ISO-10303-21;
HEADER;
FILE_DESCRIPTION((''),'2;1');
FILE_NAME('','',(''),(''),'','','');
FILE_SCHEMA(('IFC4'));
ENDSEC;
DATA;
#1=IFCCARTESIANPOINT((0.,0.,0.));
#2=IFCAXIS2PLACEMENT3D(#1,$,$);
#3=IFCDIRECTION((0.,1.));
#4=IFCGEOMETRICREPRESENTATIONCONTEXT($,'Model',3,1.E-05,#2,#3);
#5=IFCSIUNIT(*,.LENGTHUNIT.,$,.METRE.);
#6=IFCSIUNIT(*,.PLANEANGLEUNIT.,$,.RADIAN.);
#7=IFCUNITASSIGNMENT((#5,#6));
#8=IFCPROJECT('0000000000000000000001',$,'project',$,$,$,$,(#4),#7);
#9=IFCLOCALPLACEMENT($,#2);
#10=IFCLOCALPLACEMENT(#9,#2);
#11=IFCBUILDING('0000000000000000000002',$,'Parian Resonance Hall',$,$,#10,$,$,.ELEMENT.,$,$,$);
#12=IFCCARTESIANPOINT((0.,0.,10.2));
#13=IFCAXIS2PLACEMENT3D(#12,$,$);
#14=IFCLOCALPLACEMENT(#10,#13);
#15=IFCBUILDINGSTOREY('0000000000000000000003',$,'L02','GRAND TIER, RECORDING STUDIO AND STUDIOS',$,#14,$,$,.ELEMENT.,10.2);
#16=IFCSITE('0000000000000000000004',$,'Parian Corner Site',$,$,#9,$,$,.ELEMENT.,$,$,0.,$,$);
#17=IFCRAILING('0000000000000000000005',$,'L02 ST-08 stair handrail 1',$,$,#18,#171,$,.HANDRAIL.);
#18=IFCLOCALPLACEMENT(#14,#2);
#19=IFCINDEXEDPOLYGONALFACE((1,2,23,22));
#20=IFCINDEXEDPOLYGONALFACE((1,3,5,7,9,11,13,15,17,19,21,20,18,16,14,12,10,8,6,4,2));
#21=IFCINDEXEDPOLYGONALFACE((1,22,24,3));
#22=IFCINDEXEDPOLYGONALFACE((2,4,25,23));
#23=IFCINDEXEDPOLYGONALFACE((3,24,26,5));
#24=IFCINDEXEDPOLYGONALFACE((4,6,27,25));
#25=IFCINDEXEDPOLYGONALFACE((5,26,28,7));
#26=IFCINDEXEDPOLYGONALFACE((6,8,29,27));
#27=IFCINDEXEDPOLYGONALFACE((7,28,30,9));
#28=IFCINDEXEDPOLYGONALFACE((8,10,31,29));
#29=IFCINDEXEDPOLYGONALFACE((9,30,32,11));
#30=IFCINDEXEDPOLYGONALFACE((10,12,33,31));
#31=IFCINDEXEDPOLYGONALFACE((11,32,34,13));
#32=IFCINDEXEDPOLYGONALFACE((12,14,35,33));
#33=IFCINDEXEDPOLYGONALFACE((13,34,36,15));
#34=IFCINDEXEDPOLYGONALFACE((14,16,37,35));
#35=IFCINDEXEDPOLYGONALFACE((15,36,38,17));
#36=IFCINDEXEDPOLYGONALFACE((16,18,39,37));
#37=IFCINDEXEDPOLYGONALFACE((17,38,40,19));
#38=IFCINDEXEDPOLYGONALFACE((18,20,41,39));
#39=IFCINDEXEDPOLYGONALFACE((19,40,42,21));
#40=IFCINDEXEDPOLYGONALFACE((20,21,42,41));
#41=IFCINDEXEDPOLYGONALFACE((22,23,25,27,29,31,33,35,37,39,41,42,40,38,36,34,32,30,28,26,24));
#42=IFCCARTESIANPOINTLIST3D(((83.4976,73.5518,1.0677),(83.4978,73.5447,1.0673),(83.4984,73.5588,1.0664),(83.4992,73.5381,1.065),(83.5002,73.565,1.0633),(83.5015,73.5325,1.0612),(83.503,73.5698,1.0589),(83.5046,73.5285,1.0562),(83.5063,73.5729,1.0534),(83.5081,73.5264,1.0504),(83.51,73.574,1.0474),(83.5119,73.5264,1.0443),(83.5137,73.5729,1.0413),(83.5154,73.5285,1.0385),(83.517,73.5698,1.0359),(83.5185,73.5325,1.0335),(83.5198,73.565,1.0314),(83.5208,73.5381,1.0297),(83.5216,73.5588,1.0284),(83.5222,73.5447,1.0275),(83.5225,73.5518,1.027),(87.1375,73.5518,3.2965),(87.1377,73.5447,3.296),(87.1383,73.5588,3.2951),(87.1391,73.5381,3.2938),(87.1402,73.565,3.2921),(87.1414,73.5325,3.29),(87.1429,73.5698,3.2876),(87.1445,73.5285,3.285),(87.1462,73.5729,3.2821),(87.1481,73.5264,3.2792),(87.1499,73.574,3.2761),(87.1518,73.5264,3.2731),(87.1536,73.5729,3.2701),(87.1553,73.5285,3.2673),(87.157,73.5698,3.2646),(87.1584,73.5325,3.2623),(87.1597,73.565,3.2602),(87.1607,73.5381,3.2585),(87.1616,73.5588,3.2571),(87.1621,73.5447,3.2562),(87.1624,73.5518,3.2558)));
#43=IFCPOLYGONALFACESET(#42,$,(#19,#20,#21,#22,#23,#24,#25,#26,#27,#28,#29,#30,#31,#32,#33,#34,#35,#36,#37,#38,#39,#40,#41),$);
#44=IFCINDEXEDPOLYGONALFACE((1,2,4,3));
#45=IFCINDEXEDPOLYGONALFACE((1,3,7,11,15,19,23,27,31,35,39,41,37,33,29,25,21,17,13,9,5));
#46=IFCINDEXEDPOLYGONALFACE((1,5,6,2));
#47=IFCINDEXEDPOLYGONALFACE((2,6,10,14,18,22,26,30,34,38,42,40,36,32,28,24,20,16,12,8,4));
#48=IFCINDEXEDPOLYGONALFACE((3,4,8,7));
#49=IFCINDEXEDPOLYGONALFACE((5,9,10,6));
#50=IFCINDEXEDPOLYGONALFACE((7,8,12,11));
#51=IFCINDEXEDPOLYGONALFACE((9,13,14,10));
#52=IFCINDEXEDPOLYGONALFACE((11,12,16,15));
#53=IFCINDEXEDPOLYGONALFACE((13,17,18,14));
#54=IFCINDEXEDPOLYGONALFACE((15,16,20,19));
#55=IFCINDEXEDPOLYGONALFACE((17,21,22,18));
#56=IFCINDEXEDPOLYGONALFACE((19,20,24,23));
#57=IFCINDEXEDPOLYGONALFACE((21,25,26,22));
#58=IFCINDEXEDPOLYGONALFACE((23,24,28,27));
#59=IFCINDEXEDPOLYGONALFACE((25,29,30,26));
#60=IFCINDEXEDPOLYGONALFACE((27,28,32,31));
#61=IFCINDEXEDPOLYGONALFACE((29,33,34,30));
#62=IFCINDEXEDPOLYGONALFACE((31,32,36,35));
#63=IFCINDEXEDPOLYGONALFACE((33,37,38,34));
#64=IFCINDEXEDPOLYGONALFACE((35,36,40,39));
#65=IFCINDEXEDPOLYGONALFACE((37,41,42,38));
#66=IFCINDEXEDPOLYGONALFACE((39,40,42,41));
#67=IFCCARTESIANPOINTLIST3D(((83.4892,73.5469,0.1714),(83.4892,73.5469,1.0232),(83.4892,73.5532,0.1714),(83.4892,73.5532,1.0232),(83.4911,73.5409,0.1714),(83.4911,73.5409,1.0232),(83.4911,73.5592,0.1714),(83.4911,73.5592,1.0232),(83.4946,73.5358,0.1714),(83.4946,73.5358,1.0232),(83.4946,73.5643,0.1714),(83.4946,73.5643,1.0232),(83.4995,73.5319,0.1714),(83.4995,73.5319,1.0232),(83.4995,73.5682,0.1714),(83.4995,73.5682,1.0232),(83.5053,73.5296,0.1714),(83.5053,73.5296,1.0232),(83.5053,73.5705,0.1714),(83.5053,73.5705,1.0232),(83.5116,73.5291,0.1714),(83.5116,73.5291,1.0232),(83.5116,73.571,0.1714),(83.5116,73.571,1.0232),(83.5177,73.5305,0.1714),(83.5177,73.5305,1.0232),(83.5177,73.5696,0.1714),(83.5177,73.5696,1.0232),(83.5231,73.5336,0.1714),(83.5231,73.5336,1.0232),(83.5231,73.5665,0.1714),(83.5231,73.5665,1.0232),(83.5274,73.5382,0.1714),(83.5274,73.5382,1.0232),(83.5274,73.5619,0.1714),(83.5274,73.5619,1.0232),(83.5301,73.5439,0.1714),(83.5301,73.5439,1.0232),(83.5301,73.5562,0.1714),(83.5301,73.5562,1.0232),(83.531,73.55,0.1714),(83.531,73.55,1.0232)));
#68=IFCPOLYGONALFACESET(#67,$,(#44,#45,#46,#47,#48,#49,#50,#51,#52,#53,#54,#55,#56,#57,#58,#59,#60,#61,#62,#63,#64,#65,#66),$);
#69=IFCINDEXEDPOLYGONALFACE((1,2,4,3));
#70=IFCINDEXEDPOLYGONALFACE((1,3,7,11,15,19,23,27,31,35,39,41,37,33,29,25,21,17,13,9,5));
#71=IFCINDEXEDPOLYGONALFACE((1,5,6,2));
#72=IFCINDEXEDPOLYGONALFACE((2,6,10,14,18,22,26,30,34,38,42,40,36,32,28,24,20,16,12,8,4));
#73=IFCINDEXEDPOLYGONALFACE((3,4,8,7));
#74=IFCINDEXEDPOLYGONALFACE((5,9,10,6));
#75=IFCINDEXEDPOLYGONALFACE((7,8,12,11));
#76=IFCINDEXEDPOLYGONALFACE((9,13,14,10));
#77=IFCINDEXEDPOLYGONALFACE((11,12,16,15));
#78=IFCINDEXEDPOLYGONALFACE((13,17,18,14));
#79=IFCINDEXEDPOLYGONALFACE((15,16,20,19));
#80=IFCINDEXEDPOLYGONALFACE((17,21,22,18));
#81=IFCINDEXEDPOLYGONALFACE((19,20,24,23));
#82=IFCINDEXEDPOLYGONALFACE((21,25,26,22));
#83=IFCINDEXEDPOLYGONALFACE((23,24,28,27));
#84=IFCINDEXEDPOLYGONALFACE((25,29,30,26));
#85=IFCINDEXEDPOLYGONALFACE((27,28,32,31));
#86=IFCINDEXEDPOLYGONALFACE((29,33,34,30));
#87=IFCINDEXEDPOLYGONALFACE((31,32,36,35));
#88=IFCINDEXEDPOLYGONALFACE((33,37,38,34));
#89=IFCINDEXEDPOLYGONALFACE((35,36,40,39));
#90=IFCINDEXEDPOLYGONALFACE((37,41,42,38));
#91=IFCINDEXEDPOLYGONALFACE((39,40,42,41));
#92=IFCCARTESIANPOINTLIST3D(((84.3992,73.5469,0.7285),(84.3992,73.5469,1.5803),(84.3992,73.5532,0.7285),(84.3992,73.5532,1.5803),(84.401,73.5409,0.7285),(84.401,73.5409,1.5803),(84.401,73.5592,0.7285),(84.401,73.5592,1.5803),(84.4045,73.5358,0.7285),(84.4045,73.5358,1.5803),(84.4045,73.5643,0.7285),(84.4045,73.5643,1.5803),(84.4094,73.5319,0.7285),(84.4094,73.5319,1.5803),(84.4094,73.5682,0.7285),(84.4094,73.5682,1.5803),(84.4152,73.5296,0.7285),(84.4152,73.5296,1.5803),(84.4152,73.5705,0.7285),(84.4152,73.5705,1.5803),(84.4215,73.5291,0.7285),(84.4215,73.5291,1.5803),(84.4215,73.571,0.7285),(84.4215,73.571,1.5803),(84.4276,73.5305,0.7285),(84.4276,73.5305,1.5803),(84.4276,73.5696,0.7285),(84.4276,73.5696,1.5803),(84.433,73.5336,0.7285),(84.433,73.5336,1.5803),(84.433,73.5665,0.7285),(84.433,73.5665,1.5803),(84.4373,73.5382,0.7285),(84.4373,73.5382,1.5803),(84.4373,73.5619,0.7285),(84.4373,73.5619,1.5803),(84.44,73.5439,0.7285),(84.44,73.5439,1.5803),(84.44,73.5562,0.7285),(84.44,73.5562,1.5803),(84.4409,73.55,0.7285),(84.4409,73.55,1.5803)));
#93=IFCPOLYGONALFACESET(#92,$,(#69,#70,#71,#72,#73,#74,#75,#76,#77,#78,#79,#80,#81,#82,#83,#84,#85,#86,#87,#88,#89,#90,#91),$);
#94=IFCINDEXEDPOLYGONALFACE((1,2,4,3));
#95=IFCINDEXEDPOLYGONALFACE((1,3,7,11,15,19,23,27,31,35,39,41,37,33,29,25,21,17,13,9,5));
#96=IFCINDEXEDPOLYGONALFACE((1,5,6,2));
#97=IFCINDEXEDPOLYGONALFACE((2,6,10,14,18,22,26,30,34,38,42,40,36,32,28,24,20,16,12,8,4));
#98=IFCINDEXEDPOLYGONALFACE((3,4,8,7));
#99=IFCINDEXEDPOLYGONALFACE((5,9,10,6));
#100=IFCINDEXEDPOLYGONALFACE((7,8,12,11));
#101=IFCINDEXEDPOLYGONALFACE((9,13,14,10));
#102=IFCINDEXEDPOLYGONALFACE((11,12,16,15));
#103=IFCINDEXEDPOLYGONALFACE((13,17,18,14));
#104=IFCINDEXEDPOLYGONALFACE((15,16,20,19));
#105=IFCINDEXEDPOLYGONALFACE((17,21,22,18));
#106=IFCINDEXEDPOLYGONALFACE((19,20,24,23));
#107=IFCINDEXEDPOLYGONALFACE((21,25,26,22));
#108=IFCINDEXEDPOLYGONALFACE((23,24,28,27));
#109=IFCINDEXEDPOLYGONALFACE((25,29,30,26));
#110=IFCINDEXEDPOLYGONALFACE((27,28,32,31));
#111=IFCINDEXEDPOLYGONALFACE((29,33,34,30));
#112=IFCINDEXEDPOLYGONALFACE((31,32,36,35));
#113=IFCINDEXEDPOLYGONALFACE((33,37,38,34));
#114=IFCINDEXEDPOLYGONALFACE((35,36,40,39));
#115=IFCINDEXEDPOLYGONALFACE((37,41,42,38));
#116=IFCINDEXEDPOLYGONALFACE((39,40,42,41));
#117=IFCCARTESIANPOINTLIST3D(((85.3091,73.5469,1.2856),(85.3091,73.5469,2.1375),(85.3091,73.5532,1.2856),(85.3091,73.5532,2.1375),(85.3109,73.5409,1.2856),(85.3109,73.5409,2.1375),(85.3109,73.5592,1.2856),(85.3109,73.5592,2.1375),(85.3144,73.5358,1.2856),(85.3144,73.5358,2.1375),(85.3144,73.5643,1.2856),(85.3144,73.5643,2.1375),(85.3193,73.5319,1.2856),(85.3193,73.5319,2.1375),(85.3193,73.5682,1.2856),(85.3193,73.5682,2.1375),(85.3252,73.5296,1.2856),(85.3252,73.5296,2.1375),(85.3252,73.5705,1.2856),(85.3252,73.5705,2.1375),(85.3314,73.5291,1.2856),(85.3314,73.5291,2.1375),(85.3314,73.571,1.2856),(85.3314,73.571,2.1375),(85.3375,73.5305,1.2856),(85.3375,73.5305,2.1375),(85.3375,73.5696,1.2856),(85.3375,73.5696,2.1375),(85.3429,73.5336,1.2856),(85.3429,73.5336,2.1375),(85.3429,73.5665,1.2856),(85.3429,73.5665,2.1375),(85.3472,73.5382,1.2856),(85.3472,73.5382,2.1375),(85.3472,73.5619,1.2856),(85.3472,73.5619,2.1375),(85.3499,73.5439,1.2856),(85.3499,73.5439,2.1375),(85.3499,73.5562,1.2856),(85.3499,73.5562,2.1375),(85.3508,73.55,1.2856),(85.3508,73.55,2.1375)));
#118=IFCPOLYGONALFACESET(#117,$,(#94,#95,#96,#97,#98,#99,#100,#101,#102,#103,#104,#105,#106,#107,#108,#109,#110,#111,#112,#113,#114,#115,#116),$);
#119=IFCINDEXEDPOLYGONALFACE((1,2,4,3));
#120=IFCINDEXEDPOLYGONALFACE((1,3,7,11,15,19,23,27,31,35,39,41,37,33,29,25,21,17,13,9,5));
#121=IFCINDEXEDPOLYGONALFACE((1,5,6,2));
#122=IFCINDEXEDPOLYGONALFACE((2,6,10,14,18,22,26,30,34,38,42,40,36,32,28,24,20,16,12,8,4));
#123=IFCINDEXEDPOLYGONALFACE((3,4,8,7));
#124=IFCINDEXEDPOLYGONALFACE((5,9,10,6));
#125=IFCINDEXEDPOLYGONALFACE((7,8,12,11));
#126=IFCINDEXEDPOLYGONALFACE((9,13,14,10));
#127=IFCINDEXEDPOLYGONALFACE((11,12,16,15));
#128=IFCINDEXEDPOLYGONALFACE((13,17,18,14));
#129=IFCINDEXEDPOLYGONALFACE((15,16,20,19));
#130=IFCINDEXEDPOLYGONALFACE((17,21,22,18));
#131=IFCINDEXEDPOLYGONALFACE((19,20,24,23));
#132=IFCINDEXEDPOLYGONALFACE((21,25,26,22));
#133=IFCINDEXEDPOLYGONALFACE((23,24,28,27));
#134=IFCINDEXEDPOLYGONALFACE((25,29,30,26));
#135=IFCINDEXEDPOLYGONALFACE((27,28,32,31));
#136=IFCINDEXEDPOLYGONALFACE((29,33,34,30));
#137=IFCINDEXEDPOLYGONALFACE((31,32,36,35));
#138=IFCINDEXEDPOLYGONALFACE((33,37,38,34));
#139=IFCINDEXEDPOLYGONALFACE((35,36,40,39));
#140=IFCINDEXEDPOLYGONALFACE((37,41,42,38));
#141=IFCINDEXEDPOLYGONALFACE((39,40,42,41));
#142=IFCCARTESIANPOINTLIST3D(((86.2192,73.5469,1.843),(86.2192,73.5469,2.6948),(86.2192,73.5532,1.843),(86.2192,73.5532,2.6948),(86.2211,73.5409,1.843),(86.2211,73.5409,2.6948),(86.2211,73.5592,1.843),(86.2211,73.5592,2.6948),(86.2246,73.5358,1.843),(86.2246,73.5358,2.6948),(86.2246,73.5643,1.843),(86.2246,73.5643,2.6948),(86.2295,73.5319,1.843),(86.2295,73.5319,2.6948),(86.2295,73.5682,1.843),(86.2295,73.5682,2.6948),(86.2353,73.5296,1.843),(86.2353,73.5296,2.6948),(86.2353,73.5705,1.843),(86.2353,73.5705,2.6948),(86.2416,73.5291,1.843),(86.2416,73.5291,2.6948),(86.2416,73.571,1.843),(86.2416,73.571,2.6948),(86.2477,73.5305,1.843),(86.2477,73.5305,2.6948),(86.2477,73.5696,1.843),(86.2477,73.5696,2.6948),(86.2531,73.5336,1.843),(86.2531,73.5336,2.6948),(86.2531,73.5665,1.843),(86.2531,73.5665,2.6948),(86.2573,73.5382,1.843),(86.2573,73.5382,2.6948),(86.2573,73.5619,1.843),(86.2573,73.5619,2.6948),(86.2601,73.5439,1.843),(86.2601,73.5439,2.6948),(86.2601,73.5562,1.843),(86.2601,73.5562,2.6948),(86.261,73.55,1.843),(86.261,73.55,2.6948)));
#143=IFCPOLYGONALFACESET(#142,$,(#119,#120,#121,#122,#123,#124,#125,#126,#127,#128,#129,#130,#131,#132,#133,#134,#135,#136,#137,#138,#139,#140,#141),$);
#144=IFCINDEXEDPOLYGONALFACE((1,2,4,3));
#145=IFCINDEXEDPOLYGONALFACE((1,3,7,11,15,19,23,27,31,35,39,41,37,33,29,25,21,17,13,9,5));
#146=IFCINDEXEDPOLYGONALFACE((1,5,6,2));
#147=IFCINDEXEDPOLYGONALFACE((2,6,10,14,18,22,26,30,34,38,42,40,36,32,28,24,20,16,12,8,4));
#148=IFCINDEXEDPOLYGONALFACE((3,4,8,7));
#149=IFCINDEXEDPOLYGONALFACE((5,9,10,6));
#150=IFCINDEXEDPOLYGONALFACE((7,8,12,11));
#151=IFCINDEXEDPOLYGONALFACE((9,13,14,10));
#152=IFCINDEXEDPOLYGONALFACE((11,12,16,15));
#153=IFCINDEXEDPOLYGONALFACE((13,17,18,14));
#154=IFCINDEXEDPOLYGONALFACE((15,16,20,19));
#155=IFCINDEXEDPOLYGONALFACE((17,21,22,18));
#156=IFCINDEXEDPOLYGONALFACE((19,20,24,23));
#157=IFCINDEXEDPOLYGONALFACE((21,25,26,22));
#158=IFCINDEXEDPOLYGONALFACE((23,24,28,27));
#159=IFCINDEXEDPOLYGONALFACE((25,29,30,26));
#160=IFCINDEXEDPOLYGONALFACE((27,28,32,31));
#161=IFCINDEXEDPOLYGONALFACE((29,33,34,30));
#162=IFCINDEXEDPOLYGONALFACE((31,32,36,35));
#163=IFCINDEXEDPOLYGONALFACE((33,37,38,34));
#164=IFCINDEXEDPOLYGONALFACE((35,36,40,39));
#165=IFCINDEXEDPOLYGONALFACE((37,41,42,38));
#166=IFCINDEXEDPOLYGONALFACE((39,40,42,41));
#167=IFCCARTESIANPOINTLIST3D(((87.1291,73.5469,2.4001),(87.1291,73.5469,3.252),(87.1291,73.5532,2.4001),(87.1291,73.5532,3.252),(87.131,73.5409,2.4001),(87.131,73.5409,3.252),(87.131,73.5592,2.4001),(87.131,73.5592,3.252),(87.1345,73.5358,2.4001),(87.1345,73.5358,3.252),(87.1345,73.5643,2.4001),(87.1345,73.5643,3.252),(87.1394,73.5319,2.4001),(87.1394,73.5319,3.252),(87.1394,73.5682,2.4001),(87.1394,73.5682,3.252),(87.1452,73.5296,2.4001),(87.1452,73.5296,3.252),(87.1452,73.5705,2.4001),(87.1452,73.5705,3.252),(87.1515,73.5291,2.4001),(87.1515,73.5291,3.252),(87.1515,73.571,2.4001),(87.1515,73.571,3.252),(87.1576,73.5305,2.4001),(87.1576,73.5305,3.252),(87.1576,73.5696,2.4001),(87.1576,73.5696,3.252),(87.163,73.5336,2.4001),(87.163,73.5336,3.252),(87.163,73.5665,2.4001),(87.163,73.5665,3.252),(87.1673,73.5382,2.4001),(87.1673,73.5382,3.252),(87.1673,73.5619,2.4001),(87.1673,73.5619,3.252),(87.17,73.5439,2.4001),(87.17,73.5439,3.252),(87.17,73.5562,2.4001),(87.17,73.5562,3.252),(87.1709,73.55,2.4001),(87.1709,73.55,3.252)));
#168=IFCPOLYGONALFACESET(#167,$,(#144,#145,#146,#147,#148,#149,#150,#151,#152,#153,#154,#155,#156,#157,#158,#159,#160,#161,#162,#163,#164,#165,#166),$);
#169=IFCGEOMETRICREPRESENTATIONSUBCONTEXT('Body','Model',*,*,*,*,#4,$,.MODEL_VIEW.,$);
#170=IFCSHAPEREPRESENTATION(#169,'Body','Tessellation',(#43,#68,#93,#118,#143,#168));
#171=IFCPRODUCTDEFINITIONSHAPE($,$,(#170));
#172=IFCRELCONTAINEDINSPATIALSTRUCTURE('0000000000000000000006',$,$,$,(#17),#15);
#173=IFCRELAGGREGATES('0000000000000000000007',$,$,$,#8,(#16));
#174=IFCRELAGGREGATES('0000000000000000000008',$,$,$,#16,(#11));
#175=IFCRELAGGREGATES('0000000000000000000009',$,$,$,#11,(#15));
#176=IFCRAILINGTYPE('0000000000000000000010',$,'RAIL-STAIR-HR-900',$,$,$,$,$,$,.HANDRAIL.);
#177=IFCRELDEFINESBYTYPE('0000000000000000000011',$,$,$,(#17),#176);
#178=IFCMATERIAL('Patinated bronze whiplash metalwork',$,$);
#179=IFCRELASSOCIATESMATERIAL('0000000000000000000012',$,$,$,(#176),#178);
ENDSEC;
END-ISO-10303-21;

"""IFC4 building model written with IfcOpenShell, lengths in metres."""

from ifc_helpers import new_model, si_unit, direction, frame, origin, origin_2d, place, context, subcontext, project, spatial, circle, extrude, material, type_object, element, save


model = new_model("IFC4")

# Units and contexts
model_context = context("Model", 3, precision=1e-05, world=origin(), true_north=direction((0.0, 1.0)))
body_context = subcontext(model_context, "Body", "Model", "MODEL_VIEW")
ifc_project = project(units=[si_unit("LENGTHUNIT", "METRE"), si_unit("PLANEANGLEUNIT", "RADIAN")], contexts=[model_context])

# Site, building, storey
site_placement = place(None, origin())
site = spatial("IfcSite", under=ifc_project, at=site_placement, Name="Parian Corner Site", CompositionType="ELEMENT", RefElevation=0.0)
building_placement = place(site_placement, origin())
building = spatial("IfcBuilding", under=site, at=building_placement, Name="Parian Resonance Hall", CompositionType="ELEMENT")
storey_placement = place(building_placement, frame((0.0, 0.0, 10.2)))
storey = spatial("IfcBuildingStorey", under=building, at=storey_placement, Name="L02", Description="GRAND TIER, RECORDING STUDIO AND STUDIOS", CompositionType="ELEMENT", Elevation=10.2)

# Railing
ifc_material_1 = material(Name="Patinated bronze whiplash metalwork")
railing_type_1 = type_object("IfcRailingType", Name="RAIL-STAIR-HR-900", PredefinedType="HANDRAIL", material=ifc_material_1)
railing_1_placement = place(storey_placement, frame((83.51, 73.55, 0.1714)))
element("IfcRailing", 1, at=railing_1_placement, inside=storey, type_object=railing_type_1, Name="L02 ST-08 stair handrail 1", PredefinedType="HANDRAIL", context=body_context, shape_type="SweptSolid", body=[
    extrude(circle(Radius=0.0239, at=origin_2d()), frame((0.0, 0.0, 0.876), z_axis=(0.852825, 0.0, 0.522197), x_axis=(0.0, 1.0, 0.0)), (0.0, 0.0, 1.0), 4.2681),
    extrude(circle(Radius=0.021, at=origin_2d()), origin(), (0.0, 0.0, 1.0), 0.8518),
    extrude(circle(Radius=0.021, at=origin_2d()), frame((0.9099, 0.0, 0.5571)), (0.0, 0.0, 1.0), 0.8518),
    extrude(circle(Radius=0.021, at=origin_2d()), frame((1.8198, 0.0, 1.1143)), (0.0, 0.0, 1.0), 0.8518),
    extrude(circle(Radius=0.021, at=origin_2d()), frame((2.73, 0.0, 1.6716)), (0.0, 0.0, 1.0), 0.8518),
    extrude(circle(Radius=0.021, at=origin_2d()), frame((3.6399, 0.0, 2.2288)), (0.0, 0.0, 1.0), 0.8518),
])

save(model, "model.ifc")
